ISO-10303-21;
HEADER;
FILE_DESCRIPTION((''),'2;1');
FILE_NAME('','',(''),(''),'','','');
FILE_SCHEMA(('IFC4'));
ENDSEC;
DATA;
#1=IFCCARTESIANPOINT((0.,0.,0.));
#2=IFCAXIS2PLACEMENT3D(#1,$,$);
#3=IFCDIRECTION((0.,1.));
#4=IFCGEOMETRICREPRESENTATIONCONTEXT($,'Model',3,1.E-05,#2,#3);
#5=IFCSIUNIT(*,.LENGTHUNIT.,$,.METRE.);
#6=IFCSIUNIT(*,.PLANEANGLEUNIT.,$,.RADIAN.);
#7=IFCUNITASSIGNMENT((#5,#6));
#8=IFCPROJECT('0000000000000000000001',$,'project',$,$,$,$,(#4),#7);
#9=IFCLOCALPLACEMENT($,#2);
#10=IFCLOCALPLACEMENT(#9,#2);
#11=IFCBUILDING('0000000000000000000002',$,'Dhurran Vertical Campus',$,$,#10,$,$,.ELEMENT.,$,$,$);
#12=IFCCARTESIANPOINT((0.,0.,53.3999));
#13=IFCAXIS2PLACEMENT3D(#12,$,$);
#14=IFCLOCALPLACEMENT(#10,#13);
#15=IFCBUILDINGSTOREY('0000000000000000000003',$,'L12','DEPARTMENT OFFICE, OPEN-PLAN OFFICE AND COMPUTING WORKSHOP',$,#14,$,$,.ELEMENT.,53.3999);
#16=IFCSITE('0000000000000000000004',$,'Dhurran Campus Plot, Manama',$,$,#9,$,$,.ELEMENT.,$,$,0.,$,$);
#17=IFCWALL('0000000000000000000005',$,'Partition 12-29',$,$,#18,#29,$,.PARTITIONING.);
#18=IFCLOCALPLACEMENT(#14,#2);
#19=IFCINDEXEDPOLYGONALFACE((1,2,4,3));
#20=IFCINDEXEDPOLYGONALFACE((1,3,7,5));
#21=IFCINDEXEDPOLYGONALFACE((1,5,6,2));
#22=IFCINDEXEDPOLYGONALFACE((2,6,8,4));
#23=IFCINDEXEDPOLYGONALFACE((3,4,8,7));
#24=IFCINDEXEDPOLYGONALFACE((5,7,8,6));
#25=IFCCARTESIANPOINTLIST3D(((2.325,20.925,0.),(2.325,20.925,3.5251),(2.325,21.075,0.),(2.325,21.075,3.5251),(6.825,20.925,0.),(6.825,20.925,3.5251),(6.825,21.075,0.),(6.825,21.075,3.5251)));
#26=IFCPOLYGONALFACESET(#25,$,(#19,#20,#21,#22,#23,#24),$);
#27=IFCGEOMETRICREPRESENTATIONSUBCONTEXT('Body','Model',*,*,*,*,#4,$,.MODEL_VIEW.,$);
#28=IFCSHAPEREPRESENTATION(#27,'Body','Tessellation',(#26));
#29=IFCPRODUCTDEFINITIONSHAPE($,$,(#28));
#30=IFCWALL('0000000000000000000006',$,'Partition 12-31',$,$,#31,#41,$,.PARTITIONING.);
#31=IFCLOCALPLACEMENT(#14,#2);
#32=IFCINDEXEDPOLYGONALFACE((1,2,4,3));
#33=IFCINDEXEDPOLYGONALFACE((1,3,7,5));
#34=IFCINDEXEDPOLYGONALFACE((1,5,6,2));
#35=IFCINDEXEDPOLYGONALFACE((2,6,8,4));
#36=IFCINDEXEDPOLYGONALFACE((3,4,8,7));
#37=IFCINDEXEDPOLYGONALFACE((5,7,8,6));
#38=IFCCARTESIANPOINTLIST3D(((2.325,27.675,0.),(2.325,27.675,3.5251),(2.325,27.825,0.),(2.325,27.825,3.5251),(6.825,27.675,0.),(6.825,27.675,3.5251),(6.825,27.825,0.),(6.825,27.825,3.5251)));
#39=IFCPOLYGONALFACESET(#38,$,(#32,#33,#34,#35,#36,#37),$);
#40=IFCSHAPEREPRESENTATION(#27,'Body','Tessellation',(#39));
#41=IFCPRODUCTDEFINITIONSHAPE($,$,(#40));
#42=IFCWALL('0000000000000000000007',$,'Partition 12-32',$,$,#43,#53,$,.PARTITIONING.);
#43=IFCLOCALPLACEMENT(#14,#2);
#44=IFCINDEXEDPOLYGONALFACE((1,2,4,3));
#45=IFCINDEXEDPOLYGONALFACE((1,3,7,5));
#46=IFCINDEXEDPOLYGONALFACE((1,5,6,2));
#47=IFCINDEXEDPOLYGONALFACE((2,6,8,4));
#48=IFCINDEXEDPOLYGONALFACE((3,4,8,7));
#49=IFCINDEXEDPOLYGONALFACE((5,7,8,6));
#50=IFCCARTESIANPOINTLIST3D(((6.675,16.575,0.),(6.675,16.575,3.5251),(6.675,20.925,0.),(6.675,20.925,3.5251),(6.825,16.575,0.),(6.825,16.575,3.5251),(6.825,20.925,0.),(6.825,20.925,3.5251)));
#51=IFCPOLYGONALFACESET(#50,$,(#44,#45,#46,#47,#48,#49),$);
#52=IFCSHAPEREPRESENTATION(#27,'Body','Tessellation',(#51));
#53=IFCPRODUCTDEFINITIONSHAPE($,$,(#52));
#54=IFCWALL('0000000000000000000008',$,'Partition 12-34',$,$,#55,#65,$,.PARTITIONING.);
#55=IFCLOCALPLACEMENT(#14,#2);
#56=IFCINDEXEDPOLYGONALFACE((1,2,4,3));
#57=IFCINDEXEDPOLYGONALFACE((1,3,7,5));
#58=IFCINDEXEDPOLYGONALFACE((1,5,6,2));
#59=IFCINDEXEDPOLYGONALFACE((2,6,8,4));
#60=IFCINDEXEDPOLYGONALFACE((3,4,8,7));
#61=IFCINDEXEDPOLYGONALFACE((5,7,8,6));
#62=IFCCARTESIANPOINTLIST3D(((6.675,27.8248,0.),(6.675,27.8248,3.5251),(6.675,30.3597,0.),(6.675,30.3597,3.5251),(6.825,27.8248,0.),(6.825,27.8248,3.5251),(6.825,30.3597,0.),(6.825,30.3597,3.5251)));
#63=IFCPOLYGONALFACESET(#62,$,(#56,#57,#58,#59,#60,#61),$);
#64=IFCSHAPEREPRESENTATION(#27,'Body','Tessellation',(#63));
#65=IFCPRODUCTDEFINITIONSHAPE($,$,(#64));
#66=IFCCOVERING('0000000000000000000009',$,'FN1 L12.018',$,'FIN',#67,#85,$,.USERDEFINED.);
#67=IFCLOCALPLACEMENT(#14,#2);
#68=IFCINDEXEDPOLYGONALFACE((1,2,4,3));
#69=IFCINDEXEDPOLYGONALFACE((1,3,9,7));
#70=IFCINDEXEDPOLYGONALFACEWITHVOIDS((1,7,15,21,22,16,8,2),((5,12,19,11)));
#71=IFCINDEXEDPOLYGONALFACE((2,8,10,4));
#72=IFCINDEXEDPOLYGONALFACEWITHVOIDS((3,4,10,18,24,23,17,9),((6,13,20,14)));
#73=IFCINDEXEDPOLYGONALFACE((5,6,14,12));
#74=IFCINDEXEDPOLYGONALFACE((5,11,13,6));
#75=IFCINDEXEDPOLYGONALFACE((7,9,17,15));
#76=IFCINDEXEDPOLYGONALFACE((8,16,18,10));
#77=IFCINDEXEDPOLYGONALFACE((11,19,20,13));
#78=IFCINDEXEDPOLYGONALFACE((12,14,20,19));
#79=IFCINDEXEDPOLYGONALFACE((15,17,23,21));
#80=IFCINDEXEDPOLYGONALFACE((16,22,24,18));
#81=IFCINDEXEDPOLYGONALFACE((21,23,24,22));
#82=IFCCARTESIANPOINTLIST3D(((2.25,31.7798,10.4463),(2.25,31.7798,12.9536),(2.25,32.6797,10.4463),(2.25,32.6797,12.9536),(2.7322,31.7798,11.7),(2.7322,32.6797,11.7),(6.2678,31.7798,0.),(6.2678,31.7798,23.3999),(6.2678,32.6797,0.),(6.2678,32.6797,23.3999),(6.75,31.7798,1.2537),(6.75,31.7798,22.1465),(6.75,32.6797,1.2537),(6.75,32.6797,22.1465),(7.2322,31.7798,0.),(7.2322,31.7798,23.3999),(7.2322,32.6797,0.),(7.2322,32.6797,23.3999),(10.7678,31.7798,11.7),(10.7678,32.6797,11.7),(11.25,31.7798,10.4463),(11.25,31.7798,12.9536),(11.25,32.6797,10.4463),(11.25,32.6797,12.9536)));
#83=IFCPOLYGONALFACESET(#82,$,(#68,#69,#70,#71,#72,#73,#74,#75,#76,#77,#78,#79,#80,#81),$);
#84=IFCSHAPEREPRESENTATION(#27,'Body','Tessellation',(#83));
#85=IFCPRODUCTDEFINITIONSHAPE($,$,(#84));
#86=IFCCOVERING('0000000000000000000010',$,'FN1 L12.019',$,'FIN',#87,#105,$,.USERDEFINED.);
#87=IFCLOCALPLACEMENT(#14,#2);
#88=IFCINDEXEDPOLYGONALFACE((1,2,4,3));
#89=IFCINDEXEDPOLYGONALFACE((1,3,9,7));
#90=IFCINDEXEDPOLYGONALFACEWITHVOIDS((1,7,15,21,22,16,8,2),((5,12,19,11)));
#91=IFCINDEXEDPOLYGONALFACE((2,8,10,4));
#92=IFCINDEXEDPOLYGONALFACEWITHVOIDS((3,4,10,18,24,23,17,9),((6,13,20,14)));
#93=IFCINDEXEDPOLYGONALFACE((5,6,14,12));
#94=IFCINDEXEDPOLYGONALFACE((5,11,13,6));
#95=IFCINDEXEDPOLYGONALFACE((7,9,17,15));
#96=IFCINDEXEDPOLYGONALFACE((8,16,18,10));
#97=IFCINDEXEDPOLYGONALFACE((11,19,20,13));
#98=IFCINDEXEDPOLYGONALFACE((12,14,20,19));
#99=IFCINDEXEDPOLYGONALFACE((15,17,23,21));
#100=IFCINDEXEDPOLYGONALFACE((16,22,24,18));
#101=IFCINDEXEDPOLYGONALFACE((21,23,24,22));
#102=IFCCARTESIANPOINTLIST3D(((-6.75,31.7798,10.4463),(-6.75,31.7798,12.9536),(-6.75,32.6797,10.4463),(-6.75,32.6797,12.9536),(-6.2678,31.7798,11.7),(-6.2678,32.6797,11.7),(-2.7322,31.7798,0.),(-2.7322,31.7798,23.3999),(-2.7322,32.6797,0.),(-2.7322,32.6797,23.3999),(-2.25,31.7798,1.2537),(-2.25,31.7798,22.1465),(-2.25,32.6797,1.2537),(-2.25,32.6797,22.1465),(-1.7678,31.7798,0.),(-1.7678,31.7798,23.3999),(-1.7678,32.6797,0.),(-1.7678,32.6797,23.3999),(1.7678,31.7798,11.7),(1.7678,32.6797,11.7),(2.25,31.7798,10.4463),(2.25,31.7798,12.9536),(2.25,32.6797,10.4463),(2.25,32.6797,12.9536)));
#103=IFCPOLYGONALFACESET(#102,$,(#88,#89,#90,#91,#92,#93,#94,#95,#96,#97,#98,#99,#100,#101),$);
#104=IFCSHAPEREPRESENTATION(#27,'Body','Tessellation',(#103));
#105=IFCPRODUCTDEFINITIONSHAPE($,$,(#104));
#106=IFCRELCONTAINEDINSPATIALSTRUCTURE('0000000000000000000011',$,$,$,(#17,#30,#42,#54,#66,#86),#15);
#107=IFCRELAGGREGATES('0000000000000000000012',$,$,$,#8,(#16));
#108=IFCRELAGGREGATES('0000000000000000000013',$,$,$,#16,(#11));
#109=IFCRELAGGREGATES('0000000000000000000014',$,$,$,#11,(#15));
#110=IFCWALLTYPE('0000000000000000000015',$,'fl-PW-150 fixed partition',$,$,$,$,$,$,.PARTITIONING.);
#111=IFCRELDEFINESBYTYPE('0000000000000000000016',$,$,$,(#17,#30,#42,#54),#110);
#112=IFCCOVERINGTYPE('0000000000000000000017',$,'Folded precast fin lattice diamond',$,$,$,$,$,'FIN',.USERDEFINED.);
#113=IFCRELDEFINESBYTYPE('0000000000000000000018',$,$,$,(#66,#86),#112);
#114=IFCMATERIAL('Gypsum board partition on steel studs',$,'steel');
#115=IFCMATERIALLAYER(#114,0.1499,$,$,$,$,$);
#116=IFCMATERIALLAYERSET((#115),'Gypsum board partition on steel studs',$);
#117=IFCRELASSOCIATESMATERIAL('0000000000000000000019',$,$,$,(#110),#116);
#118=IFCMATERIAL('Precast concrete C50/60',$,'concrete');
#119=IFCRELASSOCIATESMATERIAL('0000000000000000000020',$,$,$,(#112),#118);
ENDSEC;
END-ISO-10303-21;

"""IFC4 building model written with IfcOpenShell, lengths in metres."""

from ifc_helpers import new_model, si_unit, direction, frame, frame_2d, origin, place, context, subcontext, project, spatial, polyline, rectangle, outline, extrude, material, layer, layer_set, type_object, element, save


model = new_model("IFC4")

# Units and contexts
model_context = context("Model", 3, precision=1e-05, world=origin(), true_north=direction((0.0, 1.0)))
body_context = subcontext(model_context, "Body", "Model", "MODEL_VIEW")
ifc_project = project(units=[si_unit("LENGTHUNIT", "METRE"), si_unit("PLANEANGLEUNIT", "RADIAN")], contexts=[model_context])

# Site, building, storey
site_placement = place(None, origin())
site = spatial("IfcSite", under=ifc_project, at=site_placement, Name="Dhurran Campus Plot, Manama", CompositionType="ELEMENT", RefElevation=0.0)
building_placement = place(site_placement, origin())
building = spatial("IfcBuilding", under=site, at=building_placement, Name="Dhurran Vertical Campus", CompositionType="ELEMENT")
storey_placement = place(building_placement, frame((0.0, 0.0, 53.3999)))
storey = spatial("IfcBuildingStorey", under=building, at=storey_placement, Name="L12", Description="DEPARTMENT OFFICE, OPEN-PLAN OFFICE AND COMPUTING WORKSHOP", CompositionType="ELEMENT", Elevation=53.3999)

# Walls
ifc_material_1 = material(Name="Gypsum board partition on steel studs", Category="steel")
ifc_layer_1 = layer(ifc_material_1, 0.1499)
ifc_layer_set_1 = layer_set([ifc_layer_1], Name="Gypsum board partition on steel studs")
wall_type_1 = type_object("IfcWallType", Name="fl-PW-150 fixed partition", PredefinedType="PARTITIONING", material=ifc_layer_set_1)
for number, where, z_axis, x_axis, name in (
    (1, (2.325, 21.0, 0.0), (0.0, 0.0, 1.0), (1.0, 0.0, 0.0), "Partition 12-29"),
    (2, (6.825, 27.75, 0.0), (0.0, 0.0, 1.0), (-1.0, 0.0, 0.0), "Partition 12-31"),
):
    element("IfcWall", number, at=place(storey_placement, frame(where, z_axis=z_axis, x_axis=x_axis)), inside=storey, type_object=wall_type_1, Name=name, PredefinedType="PARTITIONING", context=body_context, shape_type="SweptSolid", body=[
        extrude(rectangle(XDim=4.5, YDim=0.1499, at=frame_2d((2.25, 0.0))), origin(), (0.0, 0.0, 1.0), 3.5251),
    ])
wall_1_placement = place(storey_placement, frame((6.75, 20.925, 0.0), z_axis=(0.0, 0.0, 1.0), x_axis=(0.0, -1.0, 0.0)))
element("IfcWall", 3, at=wall_1_placement, inside=storey, type_object=wall_type_1, Name="Partition 12-32", PredefinedType="PARTITIONING", context=body_context, shape_type="SweptSolid", body=[
    extrude(rectangle(XDim=4.3501, YDim=0.1499, at=frame_2d((2.175, 0.0))), origin(), (0.0, 0.0, 1.0), 3.5251),
])
wall_2_placement = place(storey_placement, frame((6.75, 30.3599, 0.0), z_axis=(0.0, 0.0, 1.0), x_axis=(0.0, -1.0, 0.0)))
element("IfcWall", 4, at=wall_2_placement, inside=storey, type_object=wall_type_1, Name="Partition 12-34", PredefinedType="PARTITIONING", context=body_context, shape_type="SweptSolid", body=[
    extrude(rectangle(XDim=2.5349, YDim=0.1499, at=frame_2d((1.2676, 0.0))), origin(), (0.0, 0.0, 1.0), 3.5251),
])

# Coverings
ifc_material_2 = material(Name="Precast concrete C50/60", Category="concrete")
covering_type = type_object("IfcCoveringType", Name="Folded precast fin lattice diamond", ElementType="FIN", PredefinedType="USERDEFINED", material=ifc_material_2)
for number, where, z_axis, x_axis, name in (
    (5, (11.25, 31.7798, 0.0), (0.0, 1.0, 0.0), (-1.0, 0.0, 0.0), "FN1 L12.018"),
    (6, (2.25, 31.7798, 0.0), (0.0, 1.0, 0.0), (-1.0, 0.0, 0.0), "FN1 L12.019"),
):
    element("IfcCovering", number, at=place(storey_placement, frame(where, z_axis=z_axis, x_axis=x_axis)), inside=storey, type_object=covering_type, Name=name, ObjectType="FIN", PredefinedType="USERDEFINED", context=body_context, shape_type="SweptSolid", body=[
        extrude(outline(polyline([(9.0, 12.9536), (9.0, 10.4463), (4.9822, 0.0), (4.0178, 0.0), (0.0, 10.4463), (0.0, 12.9536), (4.0178, 23.3999), (4.9822, 23.3999), (9.0, 12.9536)]), holes=[polyline([(8.5178, 11.7), (4.5, 22.1465), (0.4822, 11.7), (4.5, 1.2537), (8.5178, 11.7)])]), origin(), (0.0, 0.0, 1.0), 0.8999),
    ])

save(model, "model.ifc")
